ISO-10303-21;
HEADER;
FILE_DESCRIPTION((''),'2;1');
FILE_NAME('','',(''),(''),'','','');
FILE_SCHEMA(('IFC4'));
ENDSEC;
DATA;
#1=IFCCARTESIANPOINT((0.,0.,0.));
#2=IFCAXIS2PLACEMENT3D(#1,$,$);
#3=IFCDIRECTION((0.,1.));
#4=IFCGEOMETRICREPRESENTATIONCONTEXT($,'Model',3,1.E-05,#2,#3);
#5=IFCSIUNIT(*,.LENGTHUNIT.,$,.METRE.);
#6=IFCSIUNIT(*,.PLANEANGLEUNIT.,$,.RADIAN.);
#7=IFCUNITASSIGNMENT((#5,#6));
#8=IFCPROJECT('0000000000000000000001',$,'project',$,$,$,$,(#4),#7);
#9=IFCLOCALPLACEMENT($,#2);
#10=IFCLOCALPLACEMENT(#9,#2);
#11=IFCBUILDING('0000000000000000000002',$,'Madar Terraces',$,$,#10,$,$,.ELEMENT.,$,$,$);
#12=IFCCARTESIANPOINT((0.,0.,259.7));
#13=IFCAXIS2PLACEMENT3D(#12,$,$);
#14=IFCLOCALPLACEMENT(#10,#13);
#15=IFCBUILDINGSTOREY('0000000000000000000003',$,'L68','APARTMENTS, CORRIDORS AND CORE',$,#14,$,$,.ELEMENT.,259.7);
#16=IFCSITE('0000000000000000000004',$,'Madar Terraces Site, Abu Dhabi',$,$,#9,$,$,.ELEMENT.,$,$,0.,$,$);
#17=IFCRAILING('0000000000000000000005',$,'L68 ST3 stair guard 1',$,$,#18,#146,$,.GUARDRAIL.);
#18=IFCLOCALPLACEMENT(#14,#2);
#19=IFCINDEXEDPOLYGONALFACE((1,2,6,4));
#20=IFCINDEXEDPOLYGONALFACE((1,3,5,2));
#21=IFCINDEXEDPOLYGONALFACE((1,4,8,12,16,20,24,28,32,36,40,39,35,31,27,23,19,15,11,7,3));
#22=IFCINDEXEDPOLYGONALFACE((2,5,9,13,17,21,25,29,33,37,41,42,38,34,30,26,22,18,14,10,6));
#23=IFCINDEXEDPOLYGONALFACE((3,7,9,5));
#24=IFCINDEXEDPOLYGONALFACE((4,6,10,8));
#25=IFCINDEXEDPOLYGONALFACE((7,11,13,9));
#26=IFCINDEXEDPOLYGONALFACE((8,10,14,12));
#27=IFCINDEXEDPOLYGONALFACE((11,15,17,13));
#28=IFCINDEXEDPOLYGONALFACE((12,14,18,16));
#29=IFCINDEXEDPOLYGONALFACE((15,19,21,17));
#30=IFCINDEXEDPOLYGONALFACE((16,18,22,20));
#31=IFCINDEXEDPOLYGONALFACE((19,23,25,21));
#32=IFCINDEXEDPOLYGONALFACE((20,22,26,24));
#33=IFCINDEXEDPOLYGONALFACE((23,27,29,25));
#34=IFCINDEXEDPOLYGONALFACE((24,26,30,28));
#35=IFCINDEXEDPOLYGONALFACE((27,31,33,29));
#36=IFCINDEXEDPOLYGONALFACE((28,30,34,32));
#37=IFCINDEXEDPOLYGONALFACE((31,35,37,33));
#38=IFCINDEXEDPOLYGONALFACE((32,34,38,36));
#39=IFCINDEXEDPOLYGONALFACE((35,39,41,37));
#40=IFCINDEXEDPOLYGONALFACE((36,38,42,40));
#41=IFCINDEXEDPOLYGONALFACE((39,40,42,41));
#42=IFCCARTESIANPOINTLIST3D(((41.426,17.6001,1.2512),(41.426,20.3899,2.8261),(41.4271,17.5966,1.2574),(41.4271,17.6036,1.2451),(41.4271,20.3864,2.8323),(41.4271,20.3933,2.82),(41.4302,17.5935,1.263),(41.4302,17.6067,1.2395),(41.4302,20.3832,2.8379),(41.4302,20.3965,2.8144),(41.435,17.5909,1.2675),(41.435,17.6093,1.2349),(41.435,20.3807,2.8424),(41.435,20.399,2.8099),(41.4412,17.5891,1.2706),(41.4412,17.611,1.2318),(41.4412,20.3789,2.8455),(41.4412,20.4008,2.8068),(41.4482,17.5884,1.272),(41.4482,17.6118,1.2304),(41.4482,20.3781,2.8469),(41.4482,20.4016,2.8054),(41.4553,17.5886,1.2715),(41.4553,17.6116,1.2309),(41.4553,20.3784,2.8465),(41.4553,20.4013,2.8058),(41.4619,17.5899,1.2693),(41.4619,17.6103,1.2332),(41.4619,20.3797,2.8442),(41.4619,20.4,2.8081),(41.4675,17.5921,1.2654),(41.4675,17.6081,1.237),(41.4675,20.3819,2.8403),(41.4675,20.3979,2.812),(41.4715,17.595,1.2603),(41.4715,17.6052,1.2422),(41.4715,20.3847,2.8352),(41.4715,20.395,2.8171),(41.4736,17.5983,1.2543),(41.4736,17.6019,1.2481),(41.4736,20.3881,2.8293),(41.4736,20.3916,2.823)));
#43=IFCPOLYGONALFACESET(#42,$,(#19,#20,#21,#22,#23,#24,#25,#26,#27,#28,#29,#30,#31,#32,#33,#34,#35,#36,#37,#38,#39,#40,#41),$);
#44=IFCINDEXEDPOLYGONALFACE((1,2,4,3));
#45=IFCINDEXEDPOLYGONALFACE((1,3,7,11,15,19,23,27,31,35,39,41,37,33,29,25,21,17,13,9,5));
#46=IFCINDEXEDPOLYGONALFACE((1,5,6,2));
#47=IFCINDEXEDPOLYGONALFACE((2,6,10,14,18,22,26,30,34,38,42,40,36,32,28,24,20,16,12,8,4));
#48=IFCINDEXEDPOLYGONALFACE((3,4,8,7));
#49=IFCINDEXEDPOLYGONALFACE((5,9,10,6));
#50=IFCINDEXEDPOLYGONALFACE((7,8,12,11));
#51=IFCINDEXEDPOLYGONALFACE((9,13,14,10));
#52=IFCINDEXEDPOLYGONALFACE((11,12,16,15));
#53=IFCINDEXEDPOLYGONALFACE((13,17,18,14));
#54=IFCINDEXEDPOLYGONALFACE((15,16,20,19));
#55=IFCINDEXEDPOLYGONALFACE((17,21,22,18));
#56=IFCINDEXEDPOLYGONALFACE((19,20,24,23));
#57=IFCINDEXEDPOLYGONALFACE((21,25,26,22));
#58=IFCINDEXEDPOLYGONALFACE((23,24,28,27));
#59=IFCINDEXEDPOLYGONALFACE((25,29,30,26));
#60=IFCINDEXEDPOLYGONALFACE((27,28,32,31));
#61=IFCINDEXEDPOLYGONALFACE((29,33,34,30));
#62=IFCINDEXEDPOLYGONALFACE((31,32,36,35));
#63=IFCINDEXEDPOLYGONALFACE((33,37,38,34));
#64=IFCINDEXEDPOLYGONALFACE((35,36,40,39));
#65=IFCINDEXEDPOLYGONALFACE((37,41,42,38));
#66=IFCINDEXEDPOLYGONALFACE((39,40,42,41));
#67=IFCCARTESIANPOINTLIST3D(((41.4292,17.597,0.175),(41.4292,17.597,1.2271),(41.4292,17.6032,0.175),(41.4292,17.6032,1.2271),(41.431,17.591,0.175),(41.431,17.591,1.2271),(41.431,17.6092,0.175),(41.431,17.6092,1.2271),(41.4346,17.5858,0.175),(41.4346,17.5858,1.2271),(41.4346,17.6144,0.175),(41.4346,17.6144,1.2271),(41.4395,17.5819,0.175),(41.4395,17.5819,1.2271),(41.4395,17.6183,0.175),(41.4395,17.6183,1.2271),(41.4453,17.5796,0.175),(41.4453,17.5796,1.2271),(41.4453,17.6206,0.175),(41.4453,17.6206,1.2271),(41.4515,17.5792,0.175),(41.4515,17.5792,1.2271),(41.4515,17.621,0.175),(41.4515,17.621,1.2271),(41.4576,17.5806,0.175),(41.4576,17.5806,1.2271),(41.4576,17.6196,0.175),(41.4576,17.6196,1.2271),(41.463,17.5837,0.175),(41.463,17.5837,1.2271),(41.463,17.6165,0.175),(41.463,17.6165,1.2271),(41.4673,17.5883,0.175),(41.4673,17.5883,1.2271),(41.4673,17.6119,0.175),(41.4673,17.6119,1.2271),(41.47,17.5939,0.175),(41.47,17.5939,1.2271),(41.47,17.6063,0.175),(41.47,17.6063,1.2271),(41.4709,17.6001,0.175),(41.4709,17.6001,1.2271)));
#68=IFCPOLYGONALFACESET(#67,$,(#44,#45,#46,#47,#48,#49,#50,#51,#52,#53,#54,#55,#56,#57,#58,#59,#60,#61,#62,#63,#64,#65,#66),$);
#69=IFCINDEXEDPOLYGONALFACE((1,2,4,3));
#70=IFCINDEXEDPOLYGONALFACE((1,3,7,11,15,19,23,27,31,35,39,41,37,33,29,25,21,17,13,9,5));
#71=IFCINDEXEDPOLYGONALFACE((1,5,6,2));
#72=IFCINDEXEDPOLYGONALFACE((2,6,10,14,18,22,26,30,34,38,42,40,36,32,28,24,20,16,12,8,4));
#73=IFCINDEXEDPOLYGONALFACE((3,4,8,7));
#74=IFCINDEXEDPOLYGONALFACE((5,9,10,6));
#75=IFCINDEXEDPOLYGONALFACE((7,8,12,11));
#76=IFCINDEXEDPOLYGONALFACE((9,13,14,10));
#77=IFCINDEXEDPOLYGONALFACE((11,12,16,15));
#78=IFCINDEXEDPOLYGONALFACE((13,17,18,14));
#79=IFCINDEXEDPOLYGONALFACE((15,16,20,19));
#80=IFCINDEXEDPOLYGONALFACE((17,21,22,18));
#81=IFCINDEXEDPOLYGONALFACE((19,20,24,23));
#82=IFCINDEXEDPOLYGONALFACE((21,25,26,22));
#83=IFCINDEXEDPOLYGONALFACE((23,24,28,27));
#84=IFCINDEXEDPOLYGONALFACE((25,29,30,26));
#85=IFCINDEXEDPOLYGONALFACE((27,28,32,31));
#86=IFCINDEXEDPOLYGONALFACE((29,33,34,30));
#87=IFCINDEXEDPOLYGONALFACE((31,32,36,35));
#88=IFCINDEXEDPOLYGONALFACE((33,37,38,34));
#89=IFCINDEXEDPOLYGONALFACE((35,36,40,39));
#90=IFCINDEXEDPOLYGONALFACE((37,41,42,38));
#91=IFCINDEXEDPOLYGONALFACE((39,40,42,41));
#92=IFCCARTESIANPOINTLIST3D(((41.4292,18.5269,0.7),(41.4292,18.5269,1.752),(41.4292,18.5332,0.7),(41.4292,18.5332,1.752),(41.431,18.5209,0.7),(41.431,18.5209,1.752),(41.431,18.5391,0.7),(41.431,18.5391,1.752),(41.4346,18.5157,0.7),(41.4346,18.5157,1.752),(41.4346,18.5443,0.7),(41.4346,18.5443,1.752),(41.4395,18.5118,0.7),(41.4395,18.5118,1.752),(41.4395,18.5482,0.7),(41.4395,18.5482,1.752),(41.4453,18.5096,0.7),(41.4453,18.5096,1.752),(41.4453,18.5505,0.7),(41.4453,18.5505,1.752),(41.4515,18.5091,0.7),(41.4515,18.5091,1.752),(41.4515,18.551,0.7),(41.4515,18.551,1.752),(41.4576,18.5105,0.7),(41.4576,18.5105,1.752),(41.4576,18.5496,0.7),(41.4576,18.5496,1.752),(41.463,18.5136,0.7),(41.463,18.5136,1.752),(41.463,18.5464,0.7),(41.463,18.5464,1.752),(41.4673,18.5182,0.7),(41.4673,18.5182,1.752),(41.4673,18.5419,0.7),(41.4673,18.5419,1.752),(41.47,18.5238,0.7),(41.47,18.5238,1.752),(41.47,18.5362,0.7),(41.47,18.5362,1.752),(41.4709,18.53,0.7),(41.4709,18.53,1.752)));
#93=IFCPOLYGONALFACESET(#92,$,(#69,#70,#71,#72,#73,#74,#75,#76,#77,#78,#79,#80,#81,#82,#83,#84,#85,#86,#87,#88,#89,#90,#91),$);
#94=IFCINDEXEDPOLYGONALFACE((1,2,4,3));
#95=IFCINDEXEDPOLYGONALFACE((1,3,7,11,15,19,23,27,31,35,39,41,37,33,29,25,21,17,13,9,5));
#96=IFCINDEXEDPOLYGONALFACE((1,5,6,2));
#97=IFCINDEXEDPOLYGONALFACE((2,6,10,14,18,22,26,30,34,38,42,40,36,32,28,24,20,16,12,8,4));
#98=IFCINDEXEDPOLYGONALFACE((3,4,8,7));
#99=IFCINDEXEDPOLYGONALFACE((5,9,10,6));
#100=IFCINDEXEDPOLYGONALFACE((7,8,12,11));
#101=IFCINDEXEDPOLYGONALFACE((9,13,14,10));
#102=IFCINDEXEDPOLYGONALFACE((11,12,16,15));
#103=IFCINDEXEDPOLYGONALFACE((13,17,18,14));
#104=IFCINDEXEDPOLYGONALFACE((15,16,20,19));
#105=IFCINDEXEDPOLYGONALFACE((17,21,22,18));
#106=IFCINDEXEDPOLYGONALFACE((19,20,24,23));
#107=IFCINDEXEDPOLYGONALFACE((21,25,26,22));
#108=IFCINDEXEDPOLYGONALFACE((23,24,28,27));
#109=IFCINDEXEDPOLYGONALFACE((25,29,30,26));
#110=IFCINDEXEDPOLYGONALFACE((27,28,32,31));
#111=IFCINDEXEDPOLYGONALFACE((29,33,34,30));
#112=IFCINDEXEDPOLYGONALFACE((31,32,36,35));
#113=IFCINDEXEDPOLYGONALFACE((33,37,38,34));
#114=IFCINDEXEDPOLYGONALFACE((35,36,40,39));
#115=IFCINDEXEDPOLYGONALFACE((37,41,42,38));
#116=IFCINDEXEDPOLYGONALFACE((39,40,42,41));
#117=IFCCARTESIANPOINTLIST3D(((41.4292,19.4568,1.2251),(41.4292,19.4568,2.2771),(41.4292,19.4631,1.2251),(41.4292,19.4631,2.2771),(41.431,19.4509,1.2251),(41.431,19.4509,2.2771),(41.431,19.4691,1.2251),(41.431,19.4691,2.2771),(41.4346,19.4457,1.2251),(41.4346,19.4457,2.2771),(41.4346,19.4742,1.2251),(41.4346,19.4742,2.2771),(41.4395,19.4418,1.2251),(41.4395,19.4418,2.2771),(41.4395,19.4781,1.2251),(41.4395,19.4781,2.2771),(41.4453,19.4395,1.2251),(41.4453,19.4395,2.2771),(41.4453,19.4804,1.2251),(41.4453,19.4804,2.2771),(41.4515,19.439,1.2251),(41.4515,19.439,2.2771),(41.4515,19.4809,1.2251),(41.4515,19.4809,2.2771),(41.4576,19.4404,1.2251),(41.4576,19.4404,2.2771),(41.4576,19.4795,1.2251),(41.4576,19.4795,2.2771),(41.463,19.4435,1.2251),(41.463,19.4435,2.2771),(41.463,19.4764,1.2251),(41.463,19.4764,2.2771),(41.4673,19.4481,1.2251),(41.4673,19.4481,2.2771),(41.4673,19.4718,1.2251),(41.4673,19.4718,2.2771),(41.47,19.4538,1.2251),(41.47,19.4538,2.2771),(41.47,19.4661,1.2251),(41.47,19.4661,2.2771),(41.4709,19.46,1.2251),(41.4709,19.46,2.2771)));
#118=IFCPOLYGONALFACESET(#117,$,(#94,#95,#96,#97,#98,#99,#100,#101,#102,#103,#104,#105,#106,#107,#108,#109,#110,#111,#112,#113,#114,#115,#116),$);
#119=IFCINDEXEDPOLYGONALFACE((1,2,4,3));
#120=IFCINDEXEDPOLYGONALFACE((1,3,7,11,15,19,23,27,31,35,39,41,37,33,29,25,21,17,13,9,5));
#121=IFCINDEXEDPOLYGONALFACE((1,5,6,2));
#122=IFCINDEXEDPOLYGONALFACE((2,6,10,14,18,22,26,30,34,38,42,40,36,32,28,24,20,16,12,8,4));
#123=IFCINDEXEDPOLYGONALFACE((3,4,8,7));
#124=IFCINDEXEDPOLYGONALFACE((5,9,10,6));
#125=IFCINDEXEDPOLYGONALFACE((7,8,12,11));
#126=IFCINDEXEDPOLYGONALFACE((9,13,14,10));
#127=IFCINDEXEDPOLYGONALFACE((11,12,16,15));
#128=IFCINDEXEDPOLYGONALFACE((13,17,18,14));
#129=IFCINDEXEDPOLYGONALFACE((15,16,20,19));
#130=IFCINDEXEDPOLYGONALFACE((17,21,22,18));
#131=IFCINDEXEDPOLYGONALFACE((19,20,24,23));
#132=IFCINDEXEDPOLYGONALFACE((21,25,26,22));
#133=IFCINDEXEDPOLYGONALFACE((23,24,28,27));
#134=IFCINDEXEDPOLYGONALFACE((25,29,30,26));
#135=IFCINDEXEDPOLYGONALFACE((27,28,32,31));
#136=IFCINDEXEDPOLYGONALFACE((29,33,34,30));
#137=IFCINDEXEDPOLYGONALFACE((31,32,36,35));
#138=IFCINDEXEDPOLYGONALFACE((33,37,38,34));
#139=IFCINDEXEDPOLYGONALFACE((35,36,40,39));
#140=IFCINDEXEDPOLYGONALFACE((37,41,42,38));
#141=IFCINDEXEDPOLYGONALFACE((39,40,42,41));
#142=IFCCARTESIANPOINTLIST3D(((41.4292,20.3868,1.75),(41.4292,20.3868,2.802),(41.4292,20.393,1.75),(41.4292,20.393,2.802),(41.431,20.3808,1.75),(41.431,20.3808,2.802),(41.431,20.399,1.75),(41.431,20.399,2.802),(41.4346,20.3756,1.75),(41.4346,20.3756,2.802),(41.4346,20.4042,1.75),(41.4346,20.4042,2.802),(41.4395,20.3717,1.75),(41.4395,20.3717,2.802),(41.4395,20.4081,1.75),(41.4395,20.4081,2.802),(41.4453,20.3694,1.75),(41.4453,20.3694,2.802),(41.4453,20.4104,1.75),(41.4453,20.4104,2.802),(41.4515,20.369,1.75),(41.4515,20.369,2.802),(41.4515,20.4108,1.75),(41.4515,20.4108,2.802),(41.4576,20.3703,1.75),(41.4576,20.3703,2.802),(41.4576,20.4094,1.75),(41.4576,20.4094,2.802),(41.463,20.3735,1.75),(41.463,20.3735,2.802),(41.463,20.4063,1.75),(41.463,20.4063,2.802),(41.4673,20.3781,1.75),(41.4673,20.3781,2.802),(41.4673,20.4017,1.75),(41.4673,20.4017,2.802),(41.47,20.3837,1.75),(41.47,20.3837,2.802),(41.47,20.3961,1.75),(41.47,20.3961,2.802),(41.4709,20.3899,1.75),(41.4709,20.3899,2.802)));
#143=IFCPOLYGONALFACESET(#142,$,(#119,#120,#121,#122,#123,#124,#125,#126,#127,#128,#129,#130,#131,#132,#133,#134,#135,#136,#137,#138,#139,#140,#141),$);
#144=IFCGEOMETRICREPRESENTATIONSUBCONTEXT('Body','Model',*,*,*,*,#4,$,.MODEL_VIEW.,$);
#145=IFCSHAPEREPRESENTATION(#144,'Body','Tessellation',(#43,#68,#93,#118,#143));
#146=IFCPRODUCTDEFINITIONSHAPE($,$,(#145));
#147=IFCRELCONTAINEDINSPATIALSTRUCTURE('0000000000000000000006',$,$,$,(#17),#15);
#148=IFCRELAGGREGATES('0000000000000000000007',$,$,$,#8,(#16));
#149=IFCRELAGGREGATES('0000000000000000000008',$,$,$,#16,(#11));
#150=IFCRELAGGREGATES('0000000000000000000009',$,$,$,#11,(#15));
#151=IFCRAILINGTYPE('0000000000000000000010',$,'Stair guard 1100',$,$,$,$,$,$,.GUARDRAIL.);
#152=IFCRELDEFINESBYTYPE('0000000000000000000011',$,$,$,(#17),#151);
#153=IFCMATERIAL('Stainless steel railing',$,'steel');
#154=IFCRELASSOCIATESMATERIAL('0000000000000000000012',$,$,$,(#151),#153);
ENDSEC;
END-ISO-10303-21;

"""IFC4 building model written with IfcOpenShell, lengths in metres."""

from ifc_helpers import new_model, si_unit, direction, frame, origin, origin_2d, place, context, subcontext, project, spatial, circle, extrude, material, type_object, element, save


model = new_model("IFC4")

# Units and contexts
model_context = context("Model", 3, precision=1e-05, world=origin(), true_north=direction((0.0, 1.0)))
body_context = subcontext(model_context, "Body", "Model", "MODEL_VIEW")
ifc_project = project(units=[si_unit("LENGTHUNIT", "METRE"), si_unit("PLANEANGLEUNIT", "RADIAN")], contexts=[model_context])

# Site, building, storey
site_placement = place(None, origin())
site = spatial("IfcSite", under=ifc_project, at=site_placement, Name="Madar Terraces Site, Abu Dhabi", CompositionType="ELEMENT", RefElevation=0.0)
building_placement = place(site_placement, origin())
building = spatial("IfcBuilding", under=site, at=building_placement, Name="Madar Terraces", CompositionType="ELEMENT")
storey_placement = place(building_placement, frame((0.0, 0.0, 259.7)))
storey = spatial("IfcBuildingStorey", under=building, at=storey_placement, Name="L68", Description="APARTMENTS, CORRIDORS AND CORE", CompositionType="ELEMENT", Elevation=259.7)

# Railing
ifc_material_1 = material(Name="Stainless steel railing", Category="steel")
railing_type_1 = type_object("IfcRailingType", Name="Stair guard 1100", PredefinedType="GUARDRAIL", material=ifc_material_1)
railing_1_placement = place(storey_placement, frame((41.45, 17.6001, 0.175)))
element("IfcRailing", 1, at=railing_1_placement, inside=storey, type_object=railing_type_1, Name="L68 ST3 stair guard 1", PredefinedType="GUARDRAIL", context=body_context, shape_type="SweptSolid", body=[
    extrude(circle(Radius=0.0239, at=origin_2d()), frame((0.0, 0.0, 1.0762), z_axis=(0.0, 0.870815, 0.49161), x_axis=(-1.0, 0.0, 0.0)), (0.0, 0.0, 1.0), 3.2036),
    extrude(circle(Radius=0.021, at=origin_2d()), origin(), (0.0, 0.0, 1.0), 1.052),
    extrude(circle(Radius=0.021, at=origin_2d()), frame((0.0, 0.9299, 0.5249)), (0.0, 0.0, 1.0), 1.052),
    extrude(circle(Radius=0.021, at=origin_2d()), frame((0.0, 1.8599, 1.05)), (0.0, 0.0, 1.0), 1.052),
    extrude(circle(Radius=0.021, at=origin_2d()), frame((0.0, 2.7898, 1.575)), (0.0, 0.0, 1.0), 1.052),
])

save(model, "model.ifc")
